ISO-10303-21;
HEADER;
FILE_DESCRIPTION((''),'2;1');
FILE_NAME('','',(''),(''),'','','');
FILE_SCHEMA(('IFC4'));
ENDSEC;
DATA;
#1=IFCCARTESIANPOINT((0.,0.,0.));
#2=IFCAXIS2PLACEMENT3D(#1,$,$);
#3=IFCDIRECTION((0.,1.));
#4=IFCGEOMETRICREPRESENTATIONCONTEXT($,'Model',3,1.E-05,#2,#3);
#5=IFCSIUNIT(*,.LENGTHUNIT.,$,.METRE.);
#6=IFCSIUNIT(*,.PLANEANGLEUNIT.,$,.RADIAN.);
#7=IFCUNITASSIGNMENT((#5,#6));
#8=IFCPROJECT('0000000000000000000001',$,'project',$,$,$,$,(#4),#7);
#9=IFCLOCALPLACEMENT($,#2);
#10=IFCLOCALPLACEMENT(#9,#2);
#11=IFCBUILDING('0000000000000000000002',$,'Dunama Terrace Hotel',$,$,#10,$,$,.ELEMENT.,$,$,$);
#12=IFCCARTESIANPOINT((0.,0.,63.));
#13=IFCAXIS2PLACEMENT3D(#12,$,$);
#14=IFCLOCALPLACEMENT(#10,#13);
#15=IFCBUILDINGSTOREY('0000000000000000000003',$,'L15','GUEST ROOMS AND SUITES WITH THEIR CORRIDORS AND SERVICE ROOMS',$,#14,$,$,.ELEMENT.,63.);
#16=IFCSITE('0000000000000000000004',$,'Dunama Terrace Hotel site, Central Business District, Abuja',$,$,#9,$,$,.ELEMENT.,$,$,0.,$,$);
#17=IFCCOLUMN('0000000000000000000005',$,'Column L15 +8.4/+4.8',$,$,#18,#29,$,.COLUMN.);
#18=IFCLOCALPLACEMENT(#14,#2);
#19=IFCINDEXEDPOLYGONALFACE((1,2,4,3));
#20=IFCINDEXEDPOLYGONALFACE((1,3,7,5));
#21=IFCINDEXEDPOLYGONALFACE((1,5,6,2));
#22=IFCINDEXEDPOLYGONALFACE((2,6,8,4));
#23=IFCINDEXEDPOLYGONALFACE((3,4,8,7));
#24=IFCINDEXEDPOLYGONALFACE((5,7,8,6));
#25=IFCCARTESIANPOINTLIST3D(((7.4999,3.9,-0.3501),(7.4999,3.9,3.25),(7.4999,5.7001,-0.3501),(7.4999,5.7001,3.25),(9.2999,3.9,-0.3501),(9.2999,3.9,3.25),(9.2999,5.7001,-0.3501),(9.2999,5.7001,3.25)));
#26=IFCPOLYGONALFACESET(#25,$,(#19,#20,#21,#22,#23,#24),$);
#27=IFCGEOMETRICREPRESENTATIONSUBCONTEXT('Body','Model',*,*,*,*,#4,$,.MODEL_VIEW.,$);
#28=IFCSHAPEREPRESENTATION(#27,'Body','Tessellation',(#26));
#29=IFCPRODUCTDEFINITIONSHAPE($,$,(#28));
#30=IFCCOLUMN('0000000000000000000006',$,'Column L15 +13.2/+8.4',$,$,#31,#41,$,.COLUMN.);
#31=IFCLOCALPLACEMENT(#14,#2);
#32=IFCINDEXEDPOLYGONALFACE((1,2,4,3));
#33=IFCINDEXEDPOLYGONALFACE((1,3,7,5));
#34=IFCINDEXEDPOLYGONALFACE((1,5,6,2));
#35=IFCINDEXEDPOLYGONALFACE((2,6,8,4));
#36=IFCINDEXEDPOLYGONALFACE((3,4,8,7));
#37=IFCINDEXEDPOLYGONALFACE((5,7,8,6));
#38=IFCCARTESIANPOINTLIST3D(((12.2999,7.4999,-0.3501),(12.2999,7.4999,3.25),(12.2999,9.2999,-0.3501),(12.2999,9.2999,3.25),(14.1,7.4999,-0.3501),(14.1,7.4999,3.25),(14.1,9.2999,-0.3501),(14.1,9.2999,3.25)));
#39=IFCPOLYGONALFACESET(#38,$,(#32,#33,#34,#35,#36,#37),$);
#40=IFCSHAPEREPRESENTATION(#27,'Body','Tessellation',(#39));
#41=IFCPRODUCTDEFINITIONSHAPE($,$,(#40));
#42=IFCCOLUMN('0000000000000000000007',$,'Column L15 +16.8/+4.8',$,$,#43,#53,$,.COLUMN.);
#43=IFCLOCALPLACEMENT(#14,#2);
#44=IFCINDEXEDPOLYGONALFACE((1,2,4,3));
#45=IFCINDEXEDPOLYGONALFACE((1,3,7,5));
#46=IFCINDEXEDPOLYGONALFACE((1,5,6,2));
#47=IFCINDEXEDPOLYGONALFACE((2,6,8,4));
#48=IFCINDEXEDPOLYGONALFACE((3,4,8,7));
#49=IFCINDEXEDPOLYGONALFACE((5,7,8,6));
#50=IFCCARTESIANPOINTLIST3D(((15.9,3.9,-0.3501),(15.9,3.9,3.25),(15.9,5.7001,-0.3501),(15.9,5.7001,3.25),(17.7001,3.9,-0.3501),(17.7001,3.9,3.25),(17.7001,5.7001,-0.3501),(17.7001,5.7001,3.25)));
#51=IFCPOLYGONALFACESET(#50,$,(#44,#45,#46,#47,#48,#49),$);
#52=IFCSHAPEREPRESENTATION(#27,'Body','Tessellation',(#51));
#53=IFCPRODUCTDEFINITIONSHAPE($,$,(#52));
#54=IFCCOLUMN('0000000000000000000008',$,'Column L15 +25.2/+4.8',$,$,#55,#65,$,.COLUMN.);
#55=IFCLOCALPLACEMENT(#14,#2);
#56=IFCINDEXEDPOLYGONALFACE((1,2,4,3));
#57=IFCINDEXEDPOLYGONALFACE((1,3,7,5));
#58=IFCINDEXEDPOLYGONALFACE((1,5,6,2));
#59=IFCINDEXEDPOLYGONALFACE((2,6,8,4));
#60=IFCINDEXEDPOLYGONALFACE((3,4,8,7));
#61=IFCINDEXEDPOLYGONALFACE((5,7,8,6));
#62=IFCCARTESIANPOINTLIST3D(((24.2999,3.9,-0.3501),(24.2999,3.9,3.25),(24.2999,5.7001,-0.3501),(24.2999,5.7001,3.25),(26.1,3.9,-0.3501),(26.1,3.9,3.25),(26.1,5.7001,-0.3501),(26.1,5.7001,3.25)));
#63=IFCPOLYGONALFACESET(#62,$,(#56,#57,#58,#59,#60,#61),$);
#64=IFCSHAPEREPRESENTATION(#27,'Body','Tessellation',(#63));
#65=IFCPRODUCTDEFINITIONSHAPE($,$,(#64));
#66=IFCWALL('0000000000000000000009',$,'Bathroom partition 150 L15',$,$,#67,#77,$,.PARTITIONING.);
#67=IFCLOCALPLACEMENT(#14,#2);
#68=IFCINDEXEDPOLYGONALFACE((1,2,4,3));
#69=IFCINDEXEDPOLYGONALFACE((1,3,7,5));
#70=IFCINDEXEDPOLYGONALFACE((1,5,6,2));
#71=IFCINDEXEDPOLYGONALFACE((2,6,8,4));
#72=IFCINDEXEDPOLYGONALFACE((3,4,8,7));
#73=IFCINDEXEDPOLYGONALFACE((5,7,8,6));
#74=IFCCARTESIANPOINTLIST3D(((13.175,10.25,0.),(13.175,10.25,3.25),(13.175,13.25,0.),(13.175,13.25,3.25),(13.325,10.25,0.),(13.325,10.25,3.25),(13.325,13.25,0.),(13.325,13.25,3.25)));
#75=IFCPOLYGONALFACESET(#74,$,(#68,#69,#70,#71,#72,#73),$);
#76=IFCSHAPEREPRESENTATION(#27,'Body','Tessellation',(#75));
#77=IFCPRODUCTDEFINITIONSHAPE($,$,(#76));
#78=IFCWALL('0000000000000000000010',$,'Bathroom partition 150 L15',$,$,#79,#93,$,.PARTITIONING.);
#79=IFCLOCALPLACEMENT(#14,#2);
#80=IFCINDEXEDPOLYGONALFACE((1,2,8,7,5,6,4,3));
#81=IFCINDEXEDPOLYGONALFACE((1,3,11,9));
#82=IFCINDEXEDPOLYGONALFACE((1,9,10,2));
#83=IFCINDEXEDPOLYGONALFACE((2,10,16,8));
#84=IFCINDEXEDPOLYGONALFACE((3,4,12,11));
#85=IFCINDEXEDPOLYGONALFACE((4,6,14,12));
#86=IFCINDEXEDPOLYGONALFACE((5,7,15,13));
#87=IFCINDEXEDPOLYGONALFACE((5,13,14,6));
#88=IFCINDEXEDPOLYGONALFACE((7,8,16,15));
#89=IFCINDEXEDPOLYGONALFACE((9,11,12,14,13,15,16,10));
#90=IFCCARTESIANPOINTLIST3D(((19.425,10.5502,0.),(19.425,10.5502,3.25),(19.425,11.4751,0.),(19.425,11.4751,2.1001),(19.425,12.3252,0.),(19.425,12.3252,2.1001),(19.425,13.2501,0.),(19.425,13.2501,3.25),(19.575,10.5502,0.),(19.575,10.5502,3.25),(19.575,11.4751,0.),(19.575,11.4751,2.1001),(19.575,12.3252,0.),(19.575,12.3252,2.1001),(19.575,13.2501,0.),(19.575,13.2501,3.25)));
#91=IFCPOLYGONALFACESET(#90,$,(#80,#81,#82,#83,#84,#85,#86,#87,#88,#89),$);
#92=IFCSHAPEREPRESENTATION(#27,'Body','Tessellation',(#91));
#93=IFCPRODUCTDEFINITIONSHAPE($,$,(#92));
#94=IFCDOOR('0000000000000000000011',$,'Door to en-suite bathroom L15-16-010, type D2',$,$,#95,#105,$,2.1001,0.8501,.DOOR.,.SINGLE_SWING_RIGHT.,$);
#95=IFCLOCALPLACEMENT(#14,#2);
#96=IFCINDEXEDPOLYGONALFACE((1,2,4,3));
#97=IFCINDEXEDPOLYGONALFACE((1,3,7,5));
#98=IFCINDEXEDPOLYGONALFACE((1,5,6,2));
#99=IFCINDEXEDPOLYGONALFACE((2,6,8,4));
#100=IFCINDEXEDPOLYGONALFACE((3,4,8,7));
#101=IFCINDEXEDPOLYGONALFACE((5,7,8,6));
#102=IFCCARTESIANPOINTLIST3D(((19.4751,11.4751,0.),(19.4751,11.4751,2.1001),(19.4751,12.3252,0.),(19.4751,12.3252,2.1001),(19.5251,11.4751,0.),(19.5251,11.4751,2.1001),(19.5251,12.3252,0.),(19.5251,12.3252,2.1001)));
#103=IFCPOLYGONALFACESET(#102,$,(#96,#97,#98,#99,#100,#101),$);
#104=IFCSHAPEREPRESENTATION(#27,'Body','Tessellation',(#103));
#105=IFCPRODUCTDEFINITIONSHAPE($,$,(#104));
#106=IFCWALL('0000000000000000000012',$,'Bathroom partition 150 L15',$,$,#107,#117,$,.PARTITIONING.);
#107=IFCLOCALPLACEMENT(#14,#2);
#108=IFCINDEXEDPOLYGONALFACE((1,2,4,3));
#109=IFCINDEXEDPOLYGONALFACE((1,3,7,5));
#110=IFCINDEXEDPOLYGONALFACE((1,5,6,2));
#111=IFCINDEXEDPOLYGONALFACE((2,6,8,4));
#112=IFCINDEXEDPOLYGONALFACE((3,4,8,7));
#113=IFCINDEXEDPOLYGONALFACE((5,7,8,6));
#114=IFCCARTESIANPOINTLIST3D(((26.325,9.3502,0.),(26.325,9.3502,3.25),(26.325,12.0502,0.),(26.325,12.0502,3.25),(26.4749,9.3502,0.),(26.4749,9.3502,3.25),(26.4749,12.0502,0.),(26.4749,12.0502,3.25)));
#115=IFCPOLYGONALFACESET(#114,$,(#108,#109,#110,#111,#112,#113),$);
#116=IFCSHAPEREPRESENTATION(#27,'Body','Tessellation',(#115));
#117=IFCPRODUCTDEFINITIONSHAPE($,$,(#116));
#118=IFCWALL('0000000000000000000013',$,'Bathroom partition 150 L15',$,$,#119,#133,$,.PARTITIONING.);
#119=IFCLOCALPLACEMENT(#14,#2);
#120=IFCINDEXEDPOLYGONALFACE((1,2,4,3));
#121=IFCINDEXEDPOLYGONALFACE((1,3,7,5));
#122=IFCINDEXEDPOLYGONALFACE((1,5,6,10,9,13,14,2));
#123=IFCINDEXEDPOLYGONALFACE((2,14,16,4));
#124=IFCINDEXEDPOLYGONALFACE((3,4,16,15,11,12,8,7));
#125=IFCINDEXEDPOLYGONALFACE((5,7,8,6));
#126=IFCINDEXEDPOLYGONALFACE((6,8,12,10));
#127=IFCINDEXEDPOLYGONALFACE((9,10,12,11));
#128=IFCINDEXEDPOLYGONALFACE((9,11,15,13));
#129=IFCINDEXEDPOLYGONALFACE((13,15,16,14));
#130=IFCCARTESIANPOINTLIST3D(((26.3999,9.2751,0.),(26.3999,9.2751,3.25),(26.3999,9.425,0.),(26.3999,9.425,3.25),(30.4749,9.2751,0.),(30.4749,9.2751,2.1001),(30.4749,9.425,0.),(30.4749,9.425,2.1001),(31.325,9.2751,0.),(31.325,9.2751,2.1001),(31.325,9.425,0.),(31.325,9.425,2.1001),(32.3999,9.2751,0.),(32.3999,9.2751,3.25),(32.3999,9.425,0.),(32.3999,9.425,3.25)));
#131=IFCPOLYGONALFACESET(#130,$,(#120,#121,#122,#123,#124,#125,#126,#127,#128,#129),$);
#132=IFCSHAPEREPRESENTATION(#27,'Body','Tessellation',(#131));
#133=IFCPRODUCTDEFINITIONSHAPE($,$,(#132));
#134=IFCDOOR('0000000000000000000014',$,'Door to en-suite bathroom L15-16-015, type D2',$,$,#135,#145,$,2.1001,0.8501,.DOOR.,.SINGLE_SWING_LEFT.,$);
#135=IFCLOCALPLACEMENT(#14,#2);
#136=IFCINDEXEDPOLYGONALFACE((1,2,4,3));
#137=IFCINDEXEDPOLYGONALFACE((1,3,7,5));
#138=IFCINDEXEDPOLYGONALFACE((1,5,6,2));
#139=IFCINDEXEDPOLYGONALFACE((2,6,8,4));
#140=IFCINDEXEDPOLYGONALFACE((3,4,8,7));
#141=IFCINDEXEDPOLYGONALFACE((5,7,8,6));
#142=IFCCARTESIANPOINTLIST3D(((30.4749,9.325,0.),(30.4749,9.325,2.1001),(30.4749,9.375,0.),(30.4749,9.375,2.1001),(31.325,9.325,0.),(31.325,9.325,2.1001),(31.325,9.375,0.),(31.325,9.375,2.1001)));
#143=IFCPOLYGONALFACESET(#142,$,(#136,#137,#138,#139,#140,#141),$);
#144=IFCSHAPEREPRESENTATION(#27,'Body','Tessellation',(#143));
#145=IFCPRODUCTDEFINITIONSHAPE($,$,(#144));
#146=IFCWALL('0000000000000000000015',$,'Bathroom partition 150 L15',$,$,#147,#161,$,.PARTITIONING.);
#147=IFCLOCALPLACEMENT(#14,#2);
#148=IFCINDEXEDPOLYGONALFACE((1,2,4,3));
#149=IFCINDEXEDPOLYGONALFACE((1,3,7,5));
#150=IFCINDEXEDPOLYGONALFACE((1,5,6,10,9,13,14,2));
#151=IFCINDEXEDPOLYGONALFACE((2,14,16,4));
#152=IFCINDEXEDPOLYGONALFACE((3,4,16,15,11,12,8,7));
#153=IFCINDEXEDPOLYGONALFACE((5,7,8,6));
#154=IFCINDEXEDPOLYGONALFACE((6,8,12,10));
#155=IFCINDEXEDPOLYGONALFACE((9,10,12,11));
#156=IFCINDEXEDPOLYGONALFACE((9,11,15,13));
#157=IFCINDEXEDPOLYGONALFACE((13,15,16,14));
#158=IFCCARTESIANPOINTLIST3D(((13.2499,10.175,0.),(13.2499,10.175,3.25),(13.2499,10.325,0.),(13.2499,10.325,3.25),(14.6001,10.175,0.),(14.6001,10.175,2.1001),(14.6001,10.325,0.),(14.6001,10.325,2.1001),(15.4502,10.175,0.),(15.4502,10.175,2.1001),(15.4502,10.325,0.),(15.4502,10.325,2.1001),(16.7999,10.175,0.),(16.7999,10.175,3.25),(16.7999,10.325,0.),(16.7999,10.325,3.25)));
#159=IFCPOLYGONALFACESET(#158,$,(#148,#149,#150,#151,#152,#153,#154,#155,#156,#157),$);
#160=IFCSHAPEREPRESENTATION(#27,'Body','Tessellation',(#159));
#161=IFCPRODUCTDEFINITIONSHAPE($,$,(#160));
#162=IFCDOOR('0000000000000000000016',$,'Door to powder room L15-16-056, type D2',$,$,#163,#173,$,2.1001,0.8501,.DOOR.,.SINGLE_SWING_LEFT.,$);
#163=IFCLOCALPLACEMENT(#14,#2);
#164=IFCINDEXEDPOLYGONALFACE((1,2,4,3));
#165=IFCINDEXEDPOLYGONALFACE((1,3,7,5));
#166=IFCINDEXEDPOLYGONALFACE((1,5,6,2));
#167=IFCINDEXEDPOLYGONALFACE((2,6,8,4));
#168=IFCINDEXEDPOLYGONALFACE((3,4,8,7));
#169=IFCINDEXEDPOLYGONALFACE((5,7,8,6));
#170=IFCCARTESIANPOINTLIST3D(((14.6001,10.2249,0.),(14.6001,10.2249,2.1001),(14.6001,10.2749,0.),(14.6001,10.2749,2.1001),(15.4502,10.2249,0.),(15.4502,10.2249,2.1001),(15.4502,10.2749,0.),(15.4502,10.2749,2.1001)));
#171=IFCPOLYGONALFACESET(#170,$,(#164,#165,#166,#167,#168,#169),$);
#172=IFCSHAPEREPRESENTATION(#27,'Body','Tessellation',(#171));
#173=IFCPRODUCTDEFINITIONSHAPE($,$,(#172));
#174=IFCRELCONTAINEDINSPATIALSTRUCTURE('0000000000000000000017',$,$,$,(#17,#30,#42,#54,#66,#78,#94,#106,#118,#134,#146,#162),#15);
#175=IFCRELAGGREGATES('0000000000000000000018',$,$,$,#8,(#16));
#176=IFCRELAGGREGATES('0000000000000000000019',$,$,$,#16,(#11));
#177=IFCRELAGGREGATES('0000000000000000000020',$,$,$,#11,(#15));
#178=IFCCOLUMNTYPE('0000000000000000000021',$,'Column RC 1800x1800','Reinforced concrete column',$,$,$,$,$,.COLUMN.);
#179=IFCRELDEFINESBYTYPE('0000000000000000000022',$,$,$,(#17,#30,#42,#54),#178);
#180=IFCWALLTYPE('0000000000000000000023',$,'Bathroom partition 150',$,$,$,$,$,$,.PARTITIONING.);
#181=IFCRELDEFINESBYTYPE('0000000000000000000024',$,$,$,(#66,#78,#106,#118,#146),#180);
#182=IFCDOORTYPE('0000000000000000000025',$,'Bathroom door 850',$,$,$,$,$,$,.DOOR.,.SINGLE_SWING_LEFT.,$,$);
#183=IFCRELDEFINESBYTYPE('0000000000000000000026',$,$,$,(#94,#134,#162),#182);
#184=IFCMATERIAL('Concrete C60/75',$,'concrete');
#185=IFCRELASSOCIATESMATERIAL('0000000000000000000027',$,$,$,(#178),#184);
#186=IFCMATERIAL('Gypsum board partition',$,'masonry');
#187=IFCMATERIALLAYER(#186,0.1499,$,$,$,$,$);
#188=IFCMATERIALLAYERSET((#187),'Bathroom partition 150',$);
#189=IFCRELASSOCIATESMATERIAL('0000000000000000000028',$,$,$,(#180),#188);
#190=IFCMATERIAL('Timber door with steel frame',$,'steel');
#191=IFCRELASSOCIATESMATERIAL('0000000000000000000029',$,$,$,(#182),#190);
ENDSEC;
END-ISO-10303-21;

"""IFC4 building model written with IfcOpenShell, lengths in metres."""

from ifc_helpers import new_model, si_unit, direction, frame, frame_2d, origin, origin_2d, place, context, subcontext, project, spatial, rectangle, extrude, material, layer, layer_set, material_profile, profile_set, type_object, element, fill, save


model = new_model("IFC4")

# Units and contexts
model_context = context("Model", 3, precision=1e-05, world=origin(), true_north=direction((0.0, 1.0)))
body_context = subcontext(model_context, "Body", "Model", "MODEL_VIEW")
ifc_project = project(units=[si_unit("LENGTHUNIT", "METRE"), si_unit("PLANEANGLEUNIT", "RADIAN")], contexts=[model_context])

# Site, building, storey
site_placement = place(None, origin())
site = spatial("IfcSite", under=ifc_project, at=site_placement, Name="Dunama Terrace Hotel site, Central Business District, Abuja", CompositionType="ELEMENT", RefElevation=0.0)
building_placement = place(site_placement, origin())
building = spatial("IfcBuilding", under=site, at=building_placement, Name="Dunama Terrace Hotel", CompositionType="ELEMENT")
storey_placement = place(building_placement, frame((0.0, 0.0, 63.0)))
storey = spatial("IfcBuildingStorey", under=building, at=storey_placement, Name="L15", Description="GUEST ROOMS AND SUITES WITH THEIR CORRIDORS AND SERVICE ROOMS", CompositionType="ELEMENT", Elevation=63.0)

# Columns
ifc_material_1 = material(Name="Concrete C60/75", Category="concrete")
ifc_material_profile = material_profile(ifc_material_1, rectangle(XDim=1.8, YDim=1.8, at=origin_2d()), Name="RC 1800x1800")
ifc_profile_set = profile_set([ifc_material_profile], Name="Concrete C60/75")
column_type = type_object("IfcColumnType", Name="Column RC 1800x1800", Description="Reinforced concrete column", PredefinedType="COLUMN", material=ifc_profile_set)
for number, where, z_axis, x_axis, name in (
    (1, (8.3999, 4.8, -0.3501), (0.0, 0.0, 1.0), (1.0, 0.0, 0.0), "Column L15 +8.4/+4.8"),
    (2, (13.2, 8.3999, -0.3501), (0.0, 0.0, 1.0), (1.0, 0.0, 0.0), "Column L15 +13.2/+8.4"),
    (3, (16.8, 4.8, -0.3501), (0.0, 0.0, 1.0), (1.0, 0.0, 0.0), "Column L15 +16.8/+4.8"),
    (4, (25.2, 4.8, -0.3501), (0.0, 0.0, 1.0), (1.0, 0.0, 0.0), "Column L15 +25.2/+4.8"),
):
    element("IfcColumn", number, at=place(storey_placement, frame(where, z_axis=z_axis, x_axis=x_axis)), inside=storey, type_object=column_type, Name=name, PredefinedType="COLUMN", context=body_context, shape_type="SweptSolid", body=[
        extrude(rectangle(XDim=1.8, YDim=1.8, at=origin_2d()), origin(), (0.0, 0.0, 1.0), 3.6001),
    ])

# Wall
ifc_material_2 = material(Name="Gypsum board partition", Category="masonry")
ifc_layer_1 = layer(ifc_material_2, 0.1499)
ifc_layer_set_1 = layer_set([ifc_layer_1], Name="Bathroom partition 150")
wall_type_1 = type_object("IfcWallType", Name="Bathroom partition 150", PredefinedType="PARTITIONING", material=ifc_layer_set_1)
wall_1_placement = place(storey_placement, frame((13.25, 10.25, 0.0), z_axis=(0.0, 0.0, 1.0), x_axis=(0.0, 1.0, 0.0)))
element("IfcWall", 5, at=wall_1_placement, inside=storey, type_object=wall_type_1, Name="Bathroom partition 150 L15", PredefinedType="PARTITIONING", context=body_context, shape_type="SweptSolid", body=[
    extrude(rectangle(XDim=3.0, YDim=0.1499, at=frame_2d((1.5, 0.0))), origin(), (0.0, 0.0, 1.0), 3.25),
])

# Wall, opening, door
wall_2_placement = place(storey_placement, frame((19.5, 10.55, 0.0), z_axis=(0.0, 0.0, 1.0), x_axis=(0.0, 1.0, 0.0)))
wall_2 = element("IfcWall", 6, at=wall_2_placement, inside=storey, type_object=wall_type_1, Name="Bathroom partition 150 L15", PredefinedType="PARTITIONING", context=body_context, shape_type="SweptSolid", body=[
    extrude(rectangle(XDim=2.7, YDim=0.1499, at=frame_2d((1.3501, 0.0))), origin(), (0.0, 0.0, 1.0), 3.25),
])
opening_1_placement = place(wall_2_placement, frame((0.925, 0.0, 0.0)))
opening_1 = element("IfcOpeningElement", 7, at=opening_1_placement, cuts=wall_2, PredefinedType="OPENING", context=body_context, shape_type="SweptSolid", body=[
    extrude(rectangle(XDim=0.8501, YDim=2.1001, at=frame_2d((0.425, 1.05))), frame((0.0, 0.085, 0.0), z_axis=(0.0, -1.0, 0.0), x_axis=(1.0, 0.0, 0.0)), (0.0, 0.0, 1.0), 0.1699),
])
ifc_material_3 = material(Name="Timber door with steel frame", Category="steel")
door_type_1 = type_object("IfcDoorType", Name="Bathroom door 850", OperationType="SINGLE_SWING_LEFT", PredefinedType="DOOR", material=ifc_material_3)
door_1_placement = place(opening_1_placement, origin())
door_1 = element("IfcDoor", 8, at=door_1_placement, inside=storey, type_object=door_type_1, Name="Door to en-suite bathroom L15-16-010, type D2", OperationType="SINGLE_SWING_RIGHT", OverallHeight=2.1001, OverallWidth=0.8501, PredefinedType="DOOR", context=body_context, shape_type="SweptSolid", body=[
    extrude(rectangle(XDim=0.8501, YDim=2.1001, at=frame_2d((0.425, 1.05))), frame((0.0, 0.0249, 0.0), z_axis=(0.0, -1.0, 0.0), x_axis=(1.0, 0.0, 0.0)), (0.0, 0.0, 1.0), 0.05),
])
fill(opening_1, door_1)

# Wall
wall_3_placement = place(storey_placement, frame((26.3999, 9.3501, 0.0), z_axis=(0.0, 0.0, 1.0), x_axis=(0.0, 1.0, 0.0)))
element("IfcWall", 9, at=wall_3_placement, inside=storey, type_object=wall_type_1, Name="Bathroom partition 150 L15", PredefinedType="PARTITIONING", context=body_context, shape_type="SweptSolid", body=[
    extrude(rectangle(XDim=2.7, YDim=0.1499, at=frame_2d((1.3501, 0.0))), origin(), (0.0, 0.0, 1.0), 3.25),
])

# Walls, openings, doors
wall_4_placement = place(storey_placement, frame((26.3999, 9.3501, 0.0), z_axis=(0.0, 0.0, 1.0), x_axis=(1.0, 0.0, 0.0)))
wall_4 = element("IfcWall", 10, at=wall_4_placement, inside=storey, type_object=wall_type_1, Name="Bathroom partition 150 L15", PredefinedType="PARTITIONING", context=body_context, shape_type="SweptSolid", body=[
    extrude(rectangle(XDim=6.0, YDim=0.1499, at=frame_2d((3.0, 0.0))), origin(), (0.0, 0.0, 1.0), 3.25),
])
opening_2_placement = place(wall_4_placement, frame((4.075, 0.0, 0.0)))
opening_2 = element("IfcOpeningElement", 11, at=opening_2_placement, cuts=wall_4, PredefinedType="OPENING", context=body_context, shape_type="SweptSolid", body=[
    extrude(rectangle(XDim=0.8501, YDim=2.1001, at=frame_2d((0.425, 1.05))), frame((0.0, 0.085, 0.0), z_axis=(0.0, -1.0, 0.0), x_axis=(1.0, 0.0, 0.0)), (0.0, 0.0, 1.0), 0.1699),
])
door_2_placement = place(opening_2_placement, origin())
door_2 = element("IfcDoor", 12, at=door_2_placement, inside=storey, type_object=door_type_1, Name="Door to en-suite bathroom L15-16-015, type D2", OperationType="SINGLE_SWING_LEFT", OverallHeight=2.1001, OverallWidth=0.8501, PredefinedType="DOOR", context=body_context, shape_type="SweptSolid", body=[
    extrude(rectangle(XDim=0.8501, YDim=2.1001, at=frame_2d((0.425, 1.05))), frame((0.0, 0.0249, 0.0), z_axis=(0.0, -1.0, 0.0), x_axis=(1.0, 0.0, 0.0)), (0.0, 0.0, 1.0), 0.05),
])
fill(opening_2, door_2)
wall_5_placement = place(storey_placement, frame((13.25, 10.25, 0.0), z_axis=(0.0, 0.0, 1.0), x_axis=(1.0, 0.0, 0.0)))
wall_5 = element("IfcWall", 13, at=wall_5_placement, inside=storey, type_object=wall_type_1, Name="Bathroom partition 150 L15", PredefinedType="PARTITIONING", context=body_context, shape_type="SweptSolid", body=[
    extrude(rectangle(XDim=3.55, YDim=0.1499, at=frame_2d((1.7749, 0.0))), origin(), (0.0, 0.0, 1.0), 3.25),
])
opening_3_placement = place(wall_5_placement, frame((1.3501, 0.0, 0.0)))
opening_3 = element("IfcOpeningElement", 14, at=opening_3_placement, cuts=wall_5, PredefinedType="OPENING", context=body_context, shape_type="SweptSolid", body=[
    extrude(rectangle(XDim=0.8501, YDim=2.1001, at=frame_2d((0.425, 1.05))), frame((0.0, 0.085, 0.0), z_axis=(0.0, -1.0, 0.0), x_axis=(1.0, 0.0, 0.0)), (0.0, 0.0, 1.0), 0.1699),
])
door_3_placement = place(opening_3_placement, origin())
door_3 = element("IfcDoor", 15, at=door_3_placement, inside=storey, type_object=door_type_1, Name="Door to powder room L15-16-056, type D2", OperationType="SINGLE_SWING_LEFT", OverallHeight=2.1001, OverallWidth=0.8501, PredefinedType="DOOR", context=body_context, shape_type="SweptSolid", body=[
    extrude(rectangle(XDim=0.8501, YDim=2.1001, at=frame_2d((0.425, 1.05))), frame((0.0, 0.0249, 0.0), z_axis=(0.0, -1.0, 0.0), x_axis=(1.0, 0.0, 0.0)), (0.0, 0.0, 1.0), 0.05),
])
fill(opening_3, door_3)

save(model, "model.ifc")
